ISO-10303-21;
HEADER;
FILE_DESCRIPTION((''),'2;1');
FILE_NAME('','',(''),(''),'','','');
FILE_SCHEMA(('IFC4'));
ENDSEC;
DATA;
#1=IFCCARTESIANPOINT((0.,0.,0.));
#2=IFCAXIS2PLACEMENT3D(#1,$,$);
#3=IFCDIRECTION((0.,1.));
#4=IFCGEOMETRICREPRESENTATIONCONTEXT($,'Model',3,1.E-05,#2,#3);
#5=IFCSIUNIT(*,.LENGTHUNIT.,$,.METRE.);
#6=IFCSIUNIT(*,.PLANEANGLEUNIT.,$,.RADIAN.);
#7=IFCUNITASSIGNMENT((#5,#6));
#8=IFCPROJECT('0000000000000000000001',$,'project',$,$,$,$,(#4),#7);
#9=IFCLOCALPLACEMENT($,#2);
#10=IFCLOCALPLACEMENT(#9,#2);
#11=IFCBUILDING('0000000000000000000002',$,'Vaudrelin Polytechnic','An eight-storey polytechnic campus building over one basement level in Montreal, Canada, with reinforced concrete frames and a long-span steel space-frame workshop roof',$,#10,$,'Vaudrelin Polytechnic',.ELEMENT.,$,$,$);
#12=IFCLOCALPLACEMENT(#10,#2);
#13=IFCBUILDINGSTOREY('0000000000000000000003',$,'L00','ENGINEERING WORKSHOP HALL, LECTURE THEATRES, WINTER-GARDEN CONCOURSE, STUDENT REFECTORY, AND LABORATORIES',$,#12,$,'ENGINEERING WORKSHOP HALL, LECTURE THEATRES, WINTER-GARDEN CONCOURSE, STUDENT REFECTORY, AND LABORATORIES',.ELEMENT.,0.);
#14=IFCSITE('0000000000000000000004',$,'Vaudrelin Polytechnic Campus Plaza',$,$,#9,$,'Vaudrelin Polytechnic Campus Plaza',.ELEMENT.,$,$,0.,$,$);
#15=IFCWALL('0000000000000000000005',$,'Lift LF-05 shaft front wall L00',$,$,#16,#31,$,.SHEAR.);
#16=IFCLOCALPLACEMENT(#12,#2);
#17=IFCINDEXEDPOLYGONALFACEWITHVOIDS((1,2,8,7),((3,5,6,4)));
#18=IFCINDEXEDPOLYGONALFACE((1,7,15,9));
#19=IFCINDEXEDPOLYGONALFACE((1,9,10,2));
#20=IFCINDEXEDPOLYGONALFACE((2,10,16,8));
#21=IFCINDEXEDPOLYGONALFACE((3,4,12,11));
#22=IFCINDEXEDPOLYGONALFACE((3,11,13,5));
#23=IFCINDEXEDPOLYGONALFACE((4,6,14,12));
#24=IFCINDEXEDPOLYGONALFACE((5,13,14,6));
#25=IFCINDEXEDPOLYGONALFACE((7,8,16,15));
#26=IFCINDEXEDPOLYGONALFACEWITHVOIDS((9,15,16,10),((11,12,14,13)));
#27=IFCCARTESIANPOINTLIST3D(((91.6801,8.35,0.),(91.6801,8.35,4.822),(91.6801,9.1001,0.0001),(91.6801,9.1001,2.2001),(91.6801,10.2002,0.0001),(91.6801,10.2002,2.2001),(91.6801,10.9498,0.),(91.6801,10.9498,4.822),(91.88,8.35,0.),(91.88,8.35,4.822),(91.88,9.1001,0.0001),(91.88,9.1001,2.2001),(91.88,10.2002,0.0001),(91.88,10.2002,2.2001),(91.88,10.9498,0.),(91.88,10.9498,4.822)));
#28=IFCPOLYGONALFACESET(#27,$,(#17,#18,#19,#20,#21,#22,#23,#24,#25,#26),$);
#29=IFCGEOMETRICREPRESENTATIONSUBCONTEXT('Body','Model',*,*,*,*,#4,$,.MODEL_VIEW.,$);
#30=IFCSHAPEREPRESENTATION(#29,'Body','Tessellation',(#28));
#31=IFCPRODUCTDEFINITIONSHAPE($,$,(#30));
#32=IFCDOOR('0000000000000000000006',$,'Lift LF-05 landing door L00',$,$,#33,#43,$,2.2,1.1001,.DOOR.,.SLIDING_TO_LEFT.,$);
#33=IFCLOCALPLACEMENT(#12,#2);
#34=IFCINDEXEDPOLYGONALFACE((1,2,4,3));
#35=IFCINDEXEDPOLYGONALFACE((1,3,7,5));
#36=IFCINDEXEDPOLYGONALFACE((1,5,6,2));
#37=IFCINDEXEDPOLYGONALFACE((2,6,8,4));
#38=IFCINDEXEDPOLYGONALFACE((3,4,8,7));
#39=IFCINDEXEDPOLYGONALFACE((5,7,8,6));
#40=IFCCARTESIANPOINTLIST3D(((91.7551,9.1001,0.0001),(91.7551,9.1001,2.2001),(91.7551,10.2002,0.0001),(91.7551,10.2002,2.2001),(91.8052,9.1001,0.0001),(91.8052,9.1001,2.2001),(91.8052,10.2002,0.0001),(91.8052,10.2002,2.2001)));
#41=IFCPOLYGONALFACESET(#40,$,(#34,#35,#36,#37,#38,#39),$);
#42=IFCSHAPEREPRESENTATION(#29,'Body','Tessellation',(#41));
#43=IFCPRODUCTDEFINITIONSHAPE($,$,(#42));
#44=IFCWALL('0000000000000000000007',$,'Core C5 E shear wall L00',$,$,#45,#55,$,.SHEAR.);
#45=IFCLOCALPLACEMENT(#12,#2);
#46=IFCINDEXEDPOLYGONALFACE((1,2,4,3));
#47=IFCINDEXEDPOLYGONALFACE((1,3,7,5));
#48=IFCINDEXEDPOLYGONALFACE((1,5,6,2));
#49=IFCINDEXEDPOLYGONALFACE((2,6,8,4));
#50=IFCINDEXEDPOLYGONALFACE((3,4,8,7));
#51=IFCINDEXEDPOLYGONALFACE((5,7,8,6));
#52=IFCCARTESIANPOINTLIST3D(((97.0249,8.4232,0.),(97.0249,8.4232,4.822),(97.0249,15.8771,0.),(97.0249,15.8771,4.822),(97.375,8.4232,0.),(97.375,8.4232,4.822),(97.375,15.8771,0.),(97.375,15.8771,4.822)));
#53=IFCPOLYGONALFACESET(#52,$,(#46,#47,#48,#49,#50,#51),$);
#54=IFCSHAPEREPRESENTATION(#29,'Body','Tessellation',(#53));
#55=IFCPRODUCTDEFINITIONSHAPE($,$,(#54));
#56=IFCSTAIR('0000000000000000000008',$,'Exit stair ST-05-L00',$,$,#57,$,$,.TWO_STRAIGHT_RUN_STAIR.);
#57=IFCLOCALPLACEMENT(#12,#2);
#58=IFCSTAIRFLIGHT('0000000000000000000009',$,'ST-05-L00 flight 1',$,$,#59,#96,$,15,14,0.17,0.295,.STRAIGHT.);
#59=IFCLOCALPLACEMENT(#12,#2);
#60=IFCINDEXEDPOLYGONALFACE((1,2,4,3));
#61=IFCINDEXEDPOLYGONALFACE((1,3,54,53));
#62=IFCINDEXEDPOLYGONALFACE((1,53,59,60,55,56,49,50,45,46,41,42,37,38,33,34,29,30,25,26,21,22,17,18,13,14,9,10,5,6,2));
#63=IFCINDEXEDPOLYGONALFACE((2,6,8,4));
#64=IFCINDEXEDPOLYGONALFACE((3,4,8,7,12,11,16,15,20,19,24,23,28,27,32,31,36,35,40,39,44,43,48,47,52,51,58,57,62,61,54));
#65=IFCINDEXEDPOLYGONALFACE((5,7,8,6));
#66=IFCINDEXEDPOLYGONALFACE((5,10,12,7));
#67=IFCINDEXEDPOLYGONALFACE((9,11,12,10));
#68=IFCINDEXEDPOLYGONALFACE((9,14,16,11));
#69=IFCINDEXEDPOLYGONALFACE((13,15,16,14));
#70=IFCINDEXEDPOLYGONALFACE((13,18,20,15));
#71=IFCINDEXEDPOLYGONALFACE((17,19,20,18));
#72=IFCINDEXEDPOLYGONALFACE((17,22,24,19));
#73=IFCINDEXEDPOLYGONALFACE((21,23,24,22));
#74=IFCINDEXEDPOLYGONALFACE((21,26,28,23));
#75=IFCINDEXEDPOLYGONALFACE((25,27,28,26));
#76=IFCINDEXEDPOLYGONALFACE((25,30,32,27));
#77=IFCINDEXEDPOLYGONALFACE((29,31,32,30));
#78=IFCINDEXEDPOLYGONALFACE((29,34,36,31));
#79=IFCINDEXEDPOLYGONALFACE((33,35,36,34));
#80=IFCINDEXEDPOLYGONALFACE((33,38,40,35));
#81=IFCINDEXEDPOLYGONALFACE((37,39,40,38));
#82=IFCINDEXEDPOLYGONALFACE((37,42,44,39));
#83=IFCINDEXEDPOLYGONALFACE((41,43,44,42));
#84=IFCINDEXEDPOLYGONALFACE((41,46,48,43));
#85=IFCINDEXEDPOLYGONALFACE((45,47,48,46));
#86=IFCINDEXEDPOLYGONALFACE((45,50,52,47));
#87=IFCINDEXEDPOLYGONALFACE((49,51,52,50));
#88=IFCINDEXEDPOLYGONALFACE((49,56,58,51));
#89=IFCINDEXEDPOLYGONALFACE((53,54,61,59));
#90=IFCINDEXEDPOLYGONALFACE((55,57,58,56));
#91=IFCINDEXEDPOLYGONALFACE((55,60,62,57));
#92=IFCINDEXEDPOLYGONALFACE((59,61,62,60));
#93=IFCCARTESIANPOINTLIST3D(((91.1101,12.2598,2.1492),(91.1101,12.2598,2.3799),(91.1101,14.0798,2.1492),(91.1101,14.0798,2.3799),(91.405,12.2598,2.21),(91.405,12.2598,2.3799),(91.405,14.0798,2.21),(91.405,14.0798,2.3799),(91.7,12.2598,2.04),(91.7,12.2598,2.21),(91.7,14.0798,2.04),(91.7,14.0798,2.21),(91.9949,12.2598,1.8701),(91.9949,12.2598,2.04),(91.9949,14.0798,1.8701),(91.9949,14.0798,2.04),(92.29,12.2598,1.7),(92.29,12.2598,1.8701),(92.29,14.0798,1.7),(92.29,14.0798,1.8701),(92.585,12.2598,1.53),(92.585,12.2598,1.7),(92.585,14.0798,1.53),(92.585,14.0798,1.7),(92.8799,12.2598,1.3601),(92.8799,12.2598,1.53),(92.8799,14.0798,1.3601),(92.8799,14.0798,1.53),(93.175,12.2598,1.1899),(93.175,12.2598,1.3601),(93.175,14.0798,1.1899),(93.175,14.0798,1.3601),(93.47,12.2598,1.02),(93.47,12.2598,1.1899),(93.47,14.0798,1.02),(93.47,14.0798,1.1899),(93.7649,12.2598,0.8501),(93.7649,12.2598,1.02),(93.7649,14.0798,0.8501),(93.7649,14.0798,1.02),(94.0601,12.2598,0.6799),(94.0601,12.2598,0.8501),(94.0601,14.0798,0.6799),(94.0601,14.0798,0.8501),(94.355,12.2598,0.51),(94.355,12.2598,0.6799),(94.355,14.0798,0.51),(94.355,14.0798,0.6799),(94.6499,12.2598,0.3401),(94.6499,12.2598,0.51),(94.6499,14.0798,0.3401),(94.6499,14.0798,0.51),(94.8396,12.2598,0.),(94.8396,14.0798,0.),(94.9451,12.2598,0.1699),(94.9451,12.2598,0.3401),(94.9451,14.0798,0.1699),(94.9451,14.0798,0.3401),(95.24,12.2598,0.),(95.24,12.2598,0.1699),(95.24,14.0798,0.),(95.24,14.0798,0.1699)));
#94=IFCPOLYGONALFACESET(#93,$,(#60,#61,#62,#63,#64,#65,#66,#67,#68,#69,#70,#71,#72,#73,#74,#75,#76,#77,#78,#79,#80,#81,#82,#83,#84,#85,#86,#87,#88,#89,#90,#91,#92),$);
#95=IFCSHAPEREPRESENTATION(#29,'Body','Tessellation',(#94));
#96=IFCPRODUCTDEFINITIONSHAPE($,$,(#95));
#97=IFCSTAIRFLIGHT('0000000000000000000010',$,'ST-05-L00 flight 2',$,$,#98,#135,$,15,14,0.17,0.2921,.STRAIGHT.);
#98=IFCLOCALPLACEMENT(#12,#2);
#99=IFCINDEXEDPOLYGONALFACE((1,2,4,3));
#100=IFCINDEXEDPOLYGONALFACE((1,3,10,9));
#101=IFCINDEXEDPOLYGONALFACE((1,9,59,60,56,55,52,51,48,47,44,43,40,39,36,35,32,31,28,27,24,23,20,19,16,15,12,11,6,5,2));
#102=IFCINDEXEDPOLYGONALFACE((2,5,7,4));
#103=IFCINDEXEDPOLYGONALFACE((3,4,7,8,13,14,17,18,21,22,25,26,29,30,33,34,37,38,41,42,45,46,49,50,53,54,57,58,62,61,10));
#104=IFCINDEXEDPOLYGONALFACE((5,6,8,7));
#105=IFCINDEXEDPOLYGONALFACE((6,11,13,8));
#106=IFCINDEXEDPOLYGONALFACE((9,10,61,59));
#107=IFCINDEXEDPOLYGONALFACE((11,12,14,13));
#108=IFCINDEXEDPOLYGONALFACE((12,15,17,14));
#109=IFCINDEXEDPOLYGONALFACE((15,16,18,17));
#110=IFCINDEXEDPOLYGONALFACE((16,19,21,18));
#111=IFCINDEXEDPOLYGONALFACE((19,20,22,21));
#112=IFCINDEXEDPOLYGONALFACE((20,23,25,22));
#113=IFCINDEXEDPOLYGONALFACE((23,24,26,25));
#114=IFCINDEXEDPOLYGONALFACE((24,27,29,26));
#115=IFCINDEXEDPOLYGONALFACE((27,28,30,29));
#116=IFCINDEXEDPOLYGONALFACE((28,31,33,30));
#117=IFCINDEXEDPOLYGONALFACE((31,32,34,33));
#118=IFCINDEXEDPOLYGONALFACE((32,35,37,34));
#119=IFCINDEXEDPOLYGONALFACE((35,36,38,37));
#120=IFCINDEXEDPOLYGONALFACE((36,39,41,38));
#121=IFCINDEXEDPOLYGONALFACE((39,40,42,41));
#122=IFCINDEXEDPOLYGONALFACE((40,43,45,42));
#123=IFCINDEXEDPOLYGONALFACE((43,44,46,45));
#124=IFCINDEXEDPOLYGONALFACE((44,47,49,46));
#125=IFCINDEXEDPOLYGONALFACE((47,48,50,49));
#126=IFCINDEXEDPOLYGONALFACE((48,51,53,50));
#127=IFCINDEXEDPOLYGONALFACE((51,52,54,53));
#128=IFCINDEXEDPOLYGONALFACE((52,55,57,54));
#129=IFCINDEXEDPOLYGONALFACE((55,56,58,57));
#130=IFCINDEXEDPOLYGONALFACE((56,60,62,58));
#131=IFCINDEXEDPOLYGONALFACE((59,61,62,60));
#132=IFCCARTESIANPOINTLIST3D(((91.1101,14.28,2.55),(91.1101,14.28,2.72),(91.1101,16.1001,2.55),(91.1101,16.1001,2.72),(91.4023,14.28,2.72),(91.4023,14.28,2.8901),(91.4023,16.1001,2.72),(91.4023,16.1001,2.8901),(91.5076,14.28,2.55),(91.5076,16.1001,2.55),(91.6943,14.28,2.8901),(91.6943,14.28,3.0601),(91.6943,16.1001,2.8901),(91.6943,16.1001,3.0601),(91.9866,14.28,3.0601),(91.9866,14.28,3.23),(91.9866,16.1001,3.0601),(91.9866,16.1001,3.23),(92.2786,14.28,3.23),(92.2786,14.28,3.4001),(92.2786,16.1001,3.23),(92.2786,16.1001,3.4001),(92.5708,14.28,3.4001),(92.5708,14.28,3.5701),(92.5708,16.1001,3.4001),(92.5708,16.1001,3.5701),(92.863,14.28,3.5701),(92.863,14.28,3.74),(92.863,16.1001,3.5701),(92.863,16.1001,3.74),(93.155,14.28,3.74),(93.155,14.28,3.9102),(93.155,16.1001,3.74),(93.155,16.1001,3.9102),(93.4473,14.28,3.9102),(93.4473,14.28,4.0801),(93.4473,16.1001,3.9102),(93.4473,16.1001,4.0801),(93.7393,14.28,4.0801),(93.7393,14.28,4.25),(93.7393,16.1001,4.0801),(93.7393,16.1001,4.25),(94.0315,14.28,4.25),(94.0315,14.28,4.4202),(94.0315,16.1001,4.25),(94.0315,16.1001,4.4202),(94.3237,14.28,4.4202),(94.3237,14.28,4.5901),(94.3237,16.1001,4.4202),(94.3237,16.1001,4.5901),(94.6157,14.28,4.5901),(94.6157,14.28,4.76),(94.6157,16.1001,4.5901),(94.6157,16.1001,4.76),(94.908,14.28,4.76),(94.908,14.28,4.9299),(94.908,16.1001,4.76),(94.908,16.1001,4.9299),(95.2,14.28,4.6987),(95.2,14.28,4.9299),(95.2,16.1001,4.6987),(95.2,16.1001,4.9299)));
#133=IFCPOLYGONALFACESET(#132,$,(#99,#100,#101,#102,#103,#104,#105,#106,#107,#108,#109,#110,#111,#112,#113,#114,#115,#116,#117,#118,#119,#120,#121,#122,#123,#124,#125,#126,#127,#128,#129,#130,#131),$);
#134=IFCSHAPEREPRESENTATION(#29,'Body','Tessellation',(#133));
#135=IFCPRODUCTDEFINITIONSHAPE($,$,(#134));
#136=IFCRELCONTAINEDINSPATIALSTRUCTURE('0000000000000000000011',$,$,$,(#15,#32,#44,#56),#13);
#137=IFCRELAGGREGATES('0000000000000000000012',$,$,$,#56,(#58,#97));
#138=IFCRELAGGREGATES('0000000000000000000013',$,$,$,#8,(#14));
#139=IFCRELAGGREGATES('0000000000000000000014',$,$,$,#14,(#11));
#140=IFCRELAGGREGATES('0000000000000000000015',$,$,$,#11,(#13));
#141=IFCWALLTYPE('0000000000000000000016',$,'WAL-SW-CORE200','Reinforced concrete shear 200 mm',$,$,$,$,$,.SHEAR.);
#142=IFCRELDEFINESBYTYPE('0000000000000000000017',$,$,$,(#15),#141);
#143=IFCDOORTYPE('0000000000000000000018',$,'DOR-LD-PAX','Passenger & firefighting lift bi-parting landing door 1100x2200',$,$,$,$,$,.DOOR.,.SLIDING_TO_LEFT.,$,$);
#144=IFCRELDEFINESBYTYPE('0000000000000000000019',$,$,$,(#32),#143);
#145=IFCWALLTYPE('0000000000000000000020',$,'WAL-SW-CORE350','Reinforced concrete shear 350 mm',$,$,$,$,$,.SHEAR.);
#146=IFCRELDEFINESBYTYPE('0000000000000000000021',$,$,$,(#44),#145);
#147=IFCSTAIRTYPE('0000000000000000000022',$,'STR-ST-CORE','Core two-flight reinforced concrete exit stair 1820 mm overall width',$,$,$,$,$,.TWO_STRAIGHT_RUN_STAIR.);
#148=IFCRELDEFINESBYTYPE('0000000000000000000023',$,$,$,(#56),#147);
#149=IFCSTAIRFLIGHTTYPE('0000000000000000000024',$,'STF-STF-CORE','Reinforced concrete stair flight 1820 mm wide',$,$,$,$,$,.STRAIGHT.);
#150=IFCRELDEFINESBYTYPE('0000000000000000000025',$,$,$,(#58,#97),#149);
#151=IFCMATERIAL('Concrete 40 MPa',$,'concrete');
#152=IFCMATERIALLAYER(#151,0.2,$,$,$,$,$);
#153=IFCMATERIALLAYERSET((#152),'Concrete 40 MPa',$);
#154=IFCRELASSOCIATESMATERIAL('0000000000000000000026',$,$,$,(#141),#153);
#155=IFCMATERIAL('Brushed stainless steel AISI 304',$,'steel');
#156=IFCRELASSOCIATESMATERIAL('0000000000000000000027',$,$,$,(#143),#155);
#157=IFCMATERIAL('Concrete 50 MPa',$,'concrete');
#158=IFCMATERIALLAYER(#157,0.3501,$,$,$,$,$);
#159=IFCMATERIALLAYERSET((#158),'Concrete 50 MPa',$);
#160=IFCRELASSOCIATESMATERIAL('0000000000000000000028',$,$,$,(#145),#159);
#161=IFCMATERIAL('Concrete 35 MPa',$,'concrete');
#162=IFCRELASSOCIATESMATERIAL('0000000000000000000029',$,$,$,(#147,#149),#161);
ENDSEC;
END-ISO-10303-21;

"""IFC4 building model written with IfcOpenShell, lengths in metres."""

from ifc_helpers import new_model, si_unit, direction, frame, frame_2d, origin, place, context, subcontext, project, spatial, polyline, rectangle, outline, extrude, material, layer, layer_set, type_object, element, fill, aggregate, save


model = new_model("IFC4")

# Units and contexts
model_context = context("Model", 3, precision=1e-05, world=origin(), true_north=direction((0.0, 1.0)))
body_context = subcontext(model_context, "Body", "Model", "MODEL_VIEW")
ifc_project = project(units=[si_unit("LENGTHUNIT", "METRE"), si_unit("PLANEANGLEUNIT", "RADIAN")], contexts=[model_context])

# Site, building, storey
site_placement = place(None, origin())
site = spatial("IfcSite", under=ifc_project, at=site_placement, Name="Vaudrelin Polytechnic Campus Plaza", LongName="Vaudrelin Polytechnic Campus Plaza", CompositionType="ELEMENT", RefElevation=0.0)
building_placement = place(site_placement, origin())
building = spatial("IfcBuilding", under=site, at=building_placement, Name="Vaudrelin Polytechnic", Description="An eight-storey polytechnic campus building over one basement level in Montreal, Canada, with reinforced concrete frames and a long-span steel space-frame workshop roof", LongName="Vaudrelin Polytechnic", CompositionType="ELEMENT")
storey_placement = place(building_placement, origin())
storey = spatial("IfcBuildingStorey", under=building, at=storey_placement, Name="L00", Description="ENGINEERING WORKSHOP HALL, LECTURE THEATRES, WINTER-GARDEN CONCOURSE, STUDENT REFECTORY, AND LABORATORIES", LongName="ENGINEERING WORKSHOP HALL, LECTURE THEATRES, WINTER-GARDEN CONCOURSE, STUDENT REFECTORY, AND LABORATORIES", CompositionType="ELEMENT", Elevation=0.0)

# Shared definitions
ifc_material_1 = material(Name="Concrete 40 MPa", Category="concrete")

# Wall, opening, door
ifc_layer_1 = layer(ifc_material_1, 0.2)
ifc_layer_set_1 = layer_set([ifc_layer_1], Name="Concrete 40 MPa")
wall_type_1 = type_object("IfcWallType", Name="WAL-SW-CORE200", Description="Reinforced concrete shear 200 mm", PredefinedType="SHEAR", material=ifc_layer_set_1)
wall_1_placement = place(storey_placement, frame((91.78, 8.3501, 0.0), z_axis=(0.0, 0.0, 1.0), x_axis=(0.0, 1.0, 0.0)))
wall_1 = element("IfcWall", 1, at=wall_1_placement, inside=storey, type_object=wall_type_1, Name="Lift LF-05 shaft front wall L00", PredefinedType="SHEAR", context=body_context, shape_type="SweptSolid", body=[
    extrude(rectangle(XDim=2.5999, YDim=0.2, at=frame_2d((1.2998, 0.0))), origin(), (0.0, 0.0, 1.0), 4.822),
])
opening_1_placement = place(wall_1_placement, frame((0.75, 0.0, 0.0)))
opening_1 = element("IfcOpeningElement", 2, at=opening_1_placement, cuts=wall_1, PredefinedType="OPENING", context=body_context, shape_type="SweptSolid", body=[
    extrude(rectangle(XDim=1.1001, YDim=2.2, at=frame_2d((0.55, 1.1001))), frame((0.0, 0.1099, 0.0), z_axis=(0.0, -1.0, 0.0), x_axis=(1.0, 0.0, 0.0)), (0.0, 0.0, 1.0), 0.22),
])
ifc_material_2 = material(Name="Brushed stainless steel AISI 304", Category="steel")
door_type_1 = type_object("IfcDoorType", Name="DOR-LD-PAX", Description="Passenger & firefighting lift bi-parting landing door 1100x2200", OperationType="SLIDING_TO_LEFT", PredefinedType="DOOR", material=ifc_material_2)
door_1_placement = place(opening_1_placement, origin())
door_1 = element("IfcDoor", 3, at=door_1_placement, inside=storey, type_object=door_type_1, Name="Lift LF-05 landing door L00", OperationType="SLIDING_TO_LEFT", OverallHeight=2.2, OverallWidth=1.1001, PredefinedType="DOOR", context=body_context, shape_type="SweptSolid", body=[
    extrude(rectangle(XDim=1.1001, YDim=2.2, at=frame_2d((0.55, 1.1001))), frame((0.0, 0.0249, 0.0), z_axis=(0.0, -1.0, 0.0), x_axis=(1.0, 0.0, 0.0)), (0.0, 0.0, 1.0), 0.05),
])
fill(opening_1, door_1)

# Wall
ifc_material_3 = material(Name="Concrete 50 MPa", Category="concrete")
ifc_layer_2 = layer(ifc_material_3, 0.3501)
ifc_layer_set_2 = layer_set([ifc_layer_2], Name="Concrete 50 MPa")
wall_type_2 = type_object("IfcWallType", Name="WAL-SW-CORE350", Description="Reinforced concrete shear 350 mm", PredefinedType="SHEAR", material=ifc_layer_set_2)
wall_2_placement = place(storey_placement, frame((97.2, 8.4231, 0.0), z_axis=(0.0, 0.0, 1.0), x_axis=(0.0, 1.0, 0.0)))
element("IfcWall", 4, at=wall_2_placement, inside=storey, type_object=wall_type_2, Name="Core C5 E shear wall L00", PredefinedType="SHEAR", context=body_context, shape_type="SweptSolid", body=[
    extrude(rectangle(XDim=7.4539, YDim=0.3501, at=frame_2d((3.7271, 0.0))), origin(), (0.0, 0.0, 1.0), 4.822),
])

# Stair, stair flights
ifc_material_4 = material(Name="Concrete 35 MPa", Category="concrete")
stair_type = type_object("IfcStairType", Name="STR-ST-CORE", Description="Core two-flight reinforced concrete exit stair 1820 mm overall width", PredefinedType="TWO_STRAIGHT_RUN_STAIR", material=ifc_material_4)
stair_placement = place(storey_placement, origin())
stair = element("IfcStair", 5, at=stair_placement, inside=storey, type_object=stair_type, Name="Exit stair ST-05-L00", PredefinedType="TWO_STRAIGHT_RUN_STAIR")
stair_flight_type = type_object("IfcStairFlightType", Name="STF-STF-CORE", Description="Reinforced concrete stair flight 1820 mm wide", PredefinedType="STRAIGHT", material=ifc_material_4)
stair_flight_1_placement = place(storey_placement, frame((95.24, 13.1699, 0.0), z_axis=(0.0, 0.0, 1.0), x_axis=(-1.0, 0.0, 0.0)))
stair_flight_1 = element("IfcStairFlight", 6, at=stair_flight_1_placement, type_object=stair_flight_type, Name="ST-05-L00 flight 1", NumberOfRisers=15, NumberOfTreads=14, PredefinedType="STRAIGHT", RiserHeight=0.17, TreadLength=0.295, context=body_context, shape_type="SweptSolid", body=[
    extrude(outline(polyline([(0.0, 0.0), (0.0, 0.1699), (0.2949, 0.1699), (0.2949, 0.3401), (0.5901, 0.3401), (0.5901, 0.51), (0.885, 0.51), (0.885, 0.6799), (1.1799, 0.6799), (1.1799, 0.8501), (1.4751, 0.8501), (1.4751, 1.02), (1.77, 1.02), (1.77, 1.1899), (2.0649, 1.1899), (2.0649, 1.3601), (2.3601, 1.3601), (2.3601, 1.53), (2.655, 1.53), (2.655, 1.7), (2.95, 1.7), (2.95, 1.8701), (3.2451, 1.8701), (3.2451, 2.04), (3.54, 2.04), (3.54, 2.21), (3.835, 2.21), (3.835, 2.3799), (4.1299, 2.3799), (4.1299, 2.55), (4.1299, 2.1492), (0.4004, 0.0), (0.0, 0.0)])), frame((0.0, 0.9102, 0.0), z_axis=(0.0, -1.0, 0.0), x_axis=(1.0, 0.0, 0.0)), (0.0, 0.0, 1.0), 1.8201),
])
stair_flight_2_placement = place(storey_placement, frame((91.1101, 15.1899, 2.55), z_axis=(0.0, 0.0, 1.0), x_axis=(1.0, 0.0, 0.0)))
stair_flight_2 = element("IfcStairFlight", 7, at=stair_flight_2_placement, type_object=stair_flight_type, Name="ST-05-L00 flight 2", NumberOfRisers=15, NumberOfTreads=14, PredefinedType="STRAIGHT", RiserHeight=0.17, TreadLength=0.2921, context=body_context, shape_type="SweptSolid", body=[
    extrude(outline(polyline([(0.0, 0.0), (0.0, 0.1699), (0.2922, 0.1699), (0.2922, 0.3401), (0.5842, 0.3401), (0.5842, 0.51), (0.8765, 0.51), (0.8765, 0.6799), (1.1685, 0.6799), (1.1685, 0.8501), (1.4607, 0.8501), (1.4607, 1.02), (1.7529, 1.02), (1.7529, 1.1899), (2.0449, 1.1899), (2.0449, 1.3601), (2.3372, 1.3601), (2.3372, 1.53), (2.6292, 1.53), (2.6292, 1.7), (2.9214, 1.7), (2.9214, 1.8701), (3.2136, 1.8701), (3.2136, 2.04), (3.5056, 2.04), (3.5056, 2.21), (3.7979, 2.21), (3.7979, 2.3799), (4.0898, 2.3799), (4.0898, 2.55), (4.0898, 2.1487), (0.3975, 0.0), (0.0, 0.0)])), frame((0.0, 0.9102, 0.0), z_axis=(0.0, -1.0, 0.0), x_axis=(1.0, 0.0, 0.0)), (0.0, 0.0, 1.0), 1.8201),
])
aggregate(stair, [stair_flight_1, stair_flight_2])

save(model, "model.ifc")
